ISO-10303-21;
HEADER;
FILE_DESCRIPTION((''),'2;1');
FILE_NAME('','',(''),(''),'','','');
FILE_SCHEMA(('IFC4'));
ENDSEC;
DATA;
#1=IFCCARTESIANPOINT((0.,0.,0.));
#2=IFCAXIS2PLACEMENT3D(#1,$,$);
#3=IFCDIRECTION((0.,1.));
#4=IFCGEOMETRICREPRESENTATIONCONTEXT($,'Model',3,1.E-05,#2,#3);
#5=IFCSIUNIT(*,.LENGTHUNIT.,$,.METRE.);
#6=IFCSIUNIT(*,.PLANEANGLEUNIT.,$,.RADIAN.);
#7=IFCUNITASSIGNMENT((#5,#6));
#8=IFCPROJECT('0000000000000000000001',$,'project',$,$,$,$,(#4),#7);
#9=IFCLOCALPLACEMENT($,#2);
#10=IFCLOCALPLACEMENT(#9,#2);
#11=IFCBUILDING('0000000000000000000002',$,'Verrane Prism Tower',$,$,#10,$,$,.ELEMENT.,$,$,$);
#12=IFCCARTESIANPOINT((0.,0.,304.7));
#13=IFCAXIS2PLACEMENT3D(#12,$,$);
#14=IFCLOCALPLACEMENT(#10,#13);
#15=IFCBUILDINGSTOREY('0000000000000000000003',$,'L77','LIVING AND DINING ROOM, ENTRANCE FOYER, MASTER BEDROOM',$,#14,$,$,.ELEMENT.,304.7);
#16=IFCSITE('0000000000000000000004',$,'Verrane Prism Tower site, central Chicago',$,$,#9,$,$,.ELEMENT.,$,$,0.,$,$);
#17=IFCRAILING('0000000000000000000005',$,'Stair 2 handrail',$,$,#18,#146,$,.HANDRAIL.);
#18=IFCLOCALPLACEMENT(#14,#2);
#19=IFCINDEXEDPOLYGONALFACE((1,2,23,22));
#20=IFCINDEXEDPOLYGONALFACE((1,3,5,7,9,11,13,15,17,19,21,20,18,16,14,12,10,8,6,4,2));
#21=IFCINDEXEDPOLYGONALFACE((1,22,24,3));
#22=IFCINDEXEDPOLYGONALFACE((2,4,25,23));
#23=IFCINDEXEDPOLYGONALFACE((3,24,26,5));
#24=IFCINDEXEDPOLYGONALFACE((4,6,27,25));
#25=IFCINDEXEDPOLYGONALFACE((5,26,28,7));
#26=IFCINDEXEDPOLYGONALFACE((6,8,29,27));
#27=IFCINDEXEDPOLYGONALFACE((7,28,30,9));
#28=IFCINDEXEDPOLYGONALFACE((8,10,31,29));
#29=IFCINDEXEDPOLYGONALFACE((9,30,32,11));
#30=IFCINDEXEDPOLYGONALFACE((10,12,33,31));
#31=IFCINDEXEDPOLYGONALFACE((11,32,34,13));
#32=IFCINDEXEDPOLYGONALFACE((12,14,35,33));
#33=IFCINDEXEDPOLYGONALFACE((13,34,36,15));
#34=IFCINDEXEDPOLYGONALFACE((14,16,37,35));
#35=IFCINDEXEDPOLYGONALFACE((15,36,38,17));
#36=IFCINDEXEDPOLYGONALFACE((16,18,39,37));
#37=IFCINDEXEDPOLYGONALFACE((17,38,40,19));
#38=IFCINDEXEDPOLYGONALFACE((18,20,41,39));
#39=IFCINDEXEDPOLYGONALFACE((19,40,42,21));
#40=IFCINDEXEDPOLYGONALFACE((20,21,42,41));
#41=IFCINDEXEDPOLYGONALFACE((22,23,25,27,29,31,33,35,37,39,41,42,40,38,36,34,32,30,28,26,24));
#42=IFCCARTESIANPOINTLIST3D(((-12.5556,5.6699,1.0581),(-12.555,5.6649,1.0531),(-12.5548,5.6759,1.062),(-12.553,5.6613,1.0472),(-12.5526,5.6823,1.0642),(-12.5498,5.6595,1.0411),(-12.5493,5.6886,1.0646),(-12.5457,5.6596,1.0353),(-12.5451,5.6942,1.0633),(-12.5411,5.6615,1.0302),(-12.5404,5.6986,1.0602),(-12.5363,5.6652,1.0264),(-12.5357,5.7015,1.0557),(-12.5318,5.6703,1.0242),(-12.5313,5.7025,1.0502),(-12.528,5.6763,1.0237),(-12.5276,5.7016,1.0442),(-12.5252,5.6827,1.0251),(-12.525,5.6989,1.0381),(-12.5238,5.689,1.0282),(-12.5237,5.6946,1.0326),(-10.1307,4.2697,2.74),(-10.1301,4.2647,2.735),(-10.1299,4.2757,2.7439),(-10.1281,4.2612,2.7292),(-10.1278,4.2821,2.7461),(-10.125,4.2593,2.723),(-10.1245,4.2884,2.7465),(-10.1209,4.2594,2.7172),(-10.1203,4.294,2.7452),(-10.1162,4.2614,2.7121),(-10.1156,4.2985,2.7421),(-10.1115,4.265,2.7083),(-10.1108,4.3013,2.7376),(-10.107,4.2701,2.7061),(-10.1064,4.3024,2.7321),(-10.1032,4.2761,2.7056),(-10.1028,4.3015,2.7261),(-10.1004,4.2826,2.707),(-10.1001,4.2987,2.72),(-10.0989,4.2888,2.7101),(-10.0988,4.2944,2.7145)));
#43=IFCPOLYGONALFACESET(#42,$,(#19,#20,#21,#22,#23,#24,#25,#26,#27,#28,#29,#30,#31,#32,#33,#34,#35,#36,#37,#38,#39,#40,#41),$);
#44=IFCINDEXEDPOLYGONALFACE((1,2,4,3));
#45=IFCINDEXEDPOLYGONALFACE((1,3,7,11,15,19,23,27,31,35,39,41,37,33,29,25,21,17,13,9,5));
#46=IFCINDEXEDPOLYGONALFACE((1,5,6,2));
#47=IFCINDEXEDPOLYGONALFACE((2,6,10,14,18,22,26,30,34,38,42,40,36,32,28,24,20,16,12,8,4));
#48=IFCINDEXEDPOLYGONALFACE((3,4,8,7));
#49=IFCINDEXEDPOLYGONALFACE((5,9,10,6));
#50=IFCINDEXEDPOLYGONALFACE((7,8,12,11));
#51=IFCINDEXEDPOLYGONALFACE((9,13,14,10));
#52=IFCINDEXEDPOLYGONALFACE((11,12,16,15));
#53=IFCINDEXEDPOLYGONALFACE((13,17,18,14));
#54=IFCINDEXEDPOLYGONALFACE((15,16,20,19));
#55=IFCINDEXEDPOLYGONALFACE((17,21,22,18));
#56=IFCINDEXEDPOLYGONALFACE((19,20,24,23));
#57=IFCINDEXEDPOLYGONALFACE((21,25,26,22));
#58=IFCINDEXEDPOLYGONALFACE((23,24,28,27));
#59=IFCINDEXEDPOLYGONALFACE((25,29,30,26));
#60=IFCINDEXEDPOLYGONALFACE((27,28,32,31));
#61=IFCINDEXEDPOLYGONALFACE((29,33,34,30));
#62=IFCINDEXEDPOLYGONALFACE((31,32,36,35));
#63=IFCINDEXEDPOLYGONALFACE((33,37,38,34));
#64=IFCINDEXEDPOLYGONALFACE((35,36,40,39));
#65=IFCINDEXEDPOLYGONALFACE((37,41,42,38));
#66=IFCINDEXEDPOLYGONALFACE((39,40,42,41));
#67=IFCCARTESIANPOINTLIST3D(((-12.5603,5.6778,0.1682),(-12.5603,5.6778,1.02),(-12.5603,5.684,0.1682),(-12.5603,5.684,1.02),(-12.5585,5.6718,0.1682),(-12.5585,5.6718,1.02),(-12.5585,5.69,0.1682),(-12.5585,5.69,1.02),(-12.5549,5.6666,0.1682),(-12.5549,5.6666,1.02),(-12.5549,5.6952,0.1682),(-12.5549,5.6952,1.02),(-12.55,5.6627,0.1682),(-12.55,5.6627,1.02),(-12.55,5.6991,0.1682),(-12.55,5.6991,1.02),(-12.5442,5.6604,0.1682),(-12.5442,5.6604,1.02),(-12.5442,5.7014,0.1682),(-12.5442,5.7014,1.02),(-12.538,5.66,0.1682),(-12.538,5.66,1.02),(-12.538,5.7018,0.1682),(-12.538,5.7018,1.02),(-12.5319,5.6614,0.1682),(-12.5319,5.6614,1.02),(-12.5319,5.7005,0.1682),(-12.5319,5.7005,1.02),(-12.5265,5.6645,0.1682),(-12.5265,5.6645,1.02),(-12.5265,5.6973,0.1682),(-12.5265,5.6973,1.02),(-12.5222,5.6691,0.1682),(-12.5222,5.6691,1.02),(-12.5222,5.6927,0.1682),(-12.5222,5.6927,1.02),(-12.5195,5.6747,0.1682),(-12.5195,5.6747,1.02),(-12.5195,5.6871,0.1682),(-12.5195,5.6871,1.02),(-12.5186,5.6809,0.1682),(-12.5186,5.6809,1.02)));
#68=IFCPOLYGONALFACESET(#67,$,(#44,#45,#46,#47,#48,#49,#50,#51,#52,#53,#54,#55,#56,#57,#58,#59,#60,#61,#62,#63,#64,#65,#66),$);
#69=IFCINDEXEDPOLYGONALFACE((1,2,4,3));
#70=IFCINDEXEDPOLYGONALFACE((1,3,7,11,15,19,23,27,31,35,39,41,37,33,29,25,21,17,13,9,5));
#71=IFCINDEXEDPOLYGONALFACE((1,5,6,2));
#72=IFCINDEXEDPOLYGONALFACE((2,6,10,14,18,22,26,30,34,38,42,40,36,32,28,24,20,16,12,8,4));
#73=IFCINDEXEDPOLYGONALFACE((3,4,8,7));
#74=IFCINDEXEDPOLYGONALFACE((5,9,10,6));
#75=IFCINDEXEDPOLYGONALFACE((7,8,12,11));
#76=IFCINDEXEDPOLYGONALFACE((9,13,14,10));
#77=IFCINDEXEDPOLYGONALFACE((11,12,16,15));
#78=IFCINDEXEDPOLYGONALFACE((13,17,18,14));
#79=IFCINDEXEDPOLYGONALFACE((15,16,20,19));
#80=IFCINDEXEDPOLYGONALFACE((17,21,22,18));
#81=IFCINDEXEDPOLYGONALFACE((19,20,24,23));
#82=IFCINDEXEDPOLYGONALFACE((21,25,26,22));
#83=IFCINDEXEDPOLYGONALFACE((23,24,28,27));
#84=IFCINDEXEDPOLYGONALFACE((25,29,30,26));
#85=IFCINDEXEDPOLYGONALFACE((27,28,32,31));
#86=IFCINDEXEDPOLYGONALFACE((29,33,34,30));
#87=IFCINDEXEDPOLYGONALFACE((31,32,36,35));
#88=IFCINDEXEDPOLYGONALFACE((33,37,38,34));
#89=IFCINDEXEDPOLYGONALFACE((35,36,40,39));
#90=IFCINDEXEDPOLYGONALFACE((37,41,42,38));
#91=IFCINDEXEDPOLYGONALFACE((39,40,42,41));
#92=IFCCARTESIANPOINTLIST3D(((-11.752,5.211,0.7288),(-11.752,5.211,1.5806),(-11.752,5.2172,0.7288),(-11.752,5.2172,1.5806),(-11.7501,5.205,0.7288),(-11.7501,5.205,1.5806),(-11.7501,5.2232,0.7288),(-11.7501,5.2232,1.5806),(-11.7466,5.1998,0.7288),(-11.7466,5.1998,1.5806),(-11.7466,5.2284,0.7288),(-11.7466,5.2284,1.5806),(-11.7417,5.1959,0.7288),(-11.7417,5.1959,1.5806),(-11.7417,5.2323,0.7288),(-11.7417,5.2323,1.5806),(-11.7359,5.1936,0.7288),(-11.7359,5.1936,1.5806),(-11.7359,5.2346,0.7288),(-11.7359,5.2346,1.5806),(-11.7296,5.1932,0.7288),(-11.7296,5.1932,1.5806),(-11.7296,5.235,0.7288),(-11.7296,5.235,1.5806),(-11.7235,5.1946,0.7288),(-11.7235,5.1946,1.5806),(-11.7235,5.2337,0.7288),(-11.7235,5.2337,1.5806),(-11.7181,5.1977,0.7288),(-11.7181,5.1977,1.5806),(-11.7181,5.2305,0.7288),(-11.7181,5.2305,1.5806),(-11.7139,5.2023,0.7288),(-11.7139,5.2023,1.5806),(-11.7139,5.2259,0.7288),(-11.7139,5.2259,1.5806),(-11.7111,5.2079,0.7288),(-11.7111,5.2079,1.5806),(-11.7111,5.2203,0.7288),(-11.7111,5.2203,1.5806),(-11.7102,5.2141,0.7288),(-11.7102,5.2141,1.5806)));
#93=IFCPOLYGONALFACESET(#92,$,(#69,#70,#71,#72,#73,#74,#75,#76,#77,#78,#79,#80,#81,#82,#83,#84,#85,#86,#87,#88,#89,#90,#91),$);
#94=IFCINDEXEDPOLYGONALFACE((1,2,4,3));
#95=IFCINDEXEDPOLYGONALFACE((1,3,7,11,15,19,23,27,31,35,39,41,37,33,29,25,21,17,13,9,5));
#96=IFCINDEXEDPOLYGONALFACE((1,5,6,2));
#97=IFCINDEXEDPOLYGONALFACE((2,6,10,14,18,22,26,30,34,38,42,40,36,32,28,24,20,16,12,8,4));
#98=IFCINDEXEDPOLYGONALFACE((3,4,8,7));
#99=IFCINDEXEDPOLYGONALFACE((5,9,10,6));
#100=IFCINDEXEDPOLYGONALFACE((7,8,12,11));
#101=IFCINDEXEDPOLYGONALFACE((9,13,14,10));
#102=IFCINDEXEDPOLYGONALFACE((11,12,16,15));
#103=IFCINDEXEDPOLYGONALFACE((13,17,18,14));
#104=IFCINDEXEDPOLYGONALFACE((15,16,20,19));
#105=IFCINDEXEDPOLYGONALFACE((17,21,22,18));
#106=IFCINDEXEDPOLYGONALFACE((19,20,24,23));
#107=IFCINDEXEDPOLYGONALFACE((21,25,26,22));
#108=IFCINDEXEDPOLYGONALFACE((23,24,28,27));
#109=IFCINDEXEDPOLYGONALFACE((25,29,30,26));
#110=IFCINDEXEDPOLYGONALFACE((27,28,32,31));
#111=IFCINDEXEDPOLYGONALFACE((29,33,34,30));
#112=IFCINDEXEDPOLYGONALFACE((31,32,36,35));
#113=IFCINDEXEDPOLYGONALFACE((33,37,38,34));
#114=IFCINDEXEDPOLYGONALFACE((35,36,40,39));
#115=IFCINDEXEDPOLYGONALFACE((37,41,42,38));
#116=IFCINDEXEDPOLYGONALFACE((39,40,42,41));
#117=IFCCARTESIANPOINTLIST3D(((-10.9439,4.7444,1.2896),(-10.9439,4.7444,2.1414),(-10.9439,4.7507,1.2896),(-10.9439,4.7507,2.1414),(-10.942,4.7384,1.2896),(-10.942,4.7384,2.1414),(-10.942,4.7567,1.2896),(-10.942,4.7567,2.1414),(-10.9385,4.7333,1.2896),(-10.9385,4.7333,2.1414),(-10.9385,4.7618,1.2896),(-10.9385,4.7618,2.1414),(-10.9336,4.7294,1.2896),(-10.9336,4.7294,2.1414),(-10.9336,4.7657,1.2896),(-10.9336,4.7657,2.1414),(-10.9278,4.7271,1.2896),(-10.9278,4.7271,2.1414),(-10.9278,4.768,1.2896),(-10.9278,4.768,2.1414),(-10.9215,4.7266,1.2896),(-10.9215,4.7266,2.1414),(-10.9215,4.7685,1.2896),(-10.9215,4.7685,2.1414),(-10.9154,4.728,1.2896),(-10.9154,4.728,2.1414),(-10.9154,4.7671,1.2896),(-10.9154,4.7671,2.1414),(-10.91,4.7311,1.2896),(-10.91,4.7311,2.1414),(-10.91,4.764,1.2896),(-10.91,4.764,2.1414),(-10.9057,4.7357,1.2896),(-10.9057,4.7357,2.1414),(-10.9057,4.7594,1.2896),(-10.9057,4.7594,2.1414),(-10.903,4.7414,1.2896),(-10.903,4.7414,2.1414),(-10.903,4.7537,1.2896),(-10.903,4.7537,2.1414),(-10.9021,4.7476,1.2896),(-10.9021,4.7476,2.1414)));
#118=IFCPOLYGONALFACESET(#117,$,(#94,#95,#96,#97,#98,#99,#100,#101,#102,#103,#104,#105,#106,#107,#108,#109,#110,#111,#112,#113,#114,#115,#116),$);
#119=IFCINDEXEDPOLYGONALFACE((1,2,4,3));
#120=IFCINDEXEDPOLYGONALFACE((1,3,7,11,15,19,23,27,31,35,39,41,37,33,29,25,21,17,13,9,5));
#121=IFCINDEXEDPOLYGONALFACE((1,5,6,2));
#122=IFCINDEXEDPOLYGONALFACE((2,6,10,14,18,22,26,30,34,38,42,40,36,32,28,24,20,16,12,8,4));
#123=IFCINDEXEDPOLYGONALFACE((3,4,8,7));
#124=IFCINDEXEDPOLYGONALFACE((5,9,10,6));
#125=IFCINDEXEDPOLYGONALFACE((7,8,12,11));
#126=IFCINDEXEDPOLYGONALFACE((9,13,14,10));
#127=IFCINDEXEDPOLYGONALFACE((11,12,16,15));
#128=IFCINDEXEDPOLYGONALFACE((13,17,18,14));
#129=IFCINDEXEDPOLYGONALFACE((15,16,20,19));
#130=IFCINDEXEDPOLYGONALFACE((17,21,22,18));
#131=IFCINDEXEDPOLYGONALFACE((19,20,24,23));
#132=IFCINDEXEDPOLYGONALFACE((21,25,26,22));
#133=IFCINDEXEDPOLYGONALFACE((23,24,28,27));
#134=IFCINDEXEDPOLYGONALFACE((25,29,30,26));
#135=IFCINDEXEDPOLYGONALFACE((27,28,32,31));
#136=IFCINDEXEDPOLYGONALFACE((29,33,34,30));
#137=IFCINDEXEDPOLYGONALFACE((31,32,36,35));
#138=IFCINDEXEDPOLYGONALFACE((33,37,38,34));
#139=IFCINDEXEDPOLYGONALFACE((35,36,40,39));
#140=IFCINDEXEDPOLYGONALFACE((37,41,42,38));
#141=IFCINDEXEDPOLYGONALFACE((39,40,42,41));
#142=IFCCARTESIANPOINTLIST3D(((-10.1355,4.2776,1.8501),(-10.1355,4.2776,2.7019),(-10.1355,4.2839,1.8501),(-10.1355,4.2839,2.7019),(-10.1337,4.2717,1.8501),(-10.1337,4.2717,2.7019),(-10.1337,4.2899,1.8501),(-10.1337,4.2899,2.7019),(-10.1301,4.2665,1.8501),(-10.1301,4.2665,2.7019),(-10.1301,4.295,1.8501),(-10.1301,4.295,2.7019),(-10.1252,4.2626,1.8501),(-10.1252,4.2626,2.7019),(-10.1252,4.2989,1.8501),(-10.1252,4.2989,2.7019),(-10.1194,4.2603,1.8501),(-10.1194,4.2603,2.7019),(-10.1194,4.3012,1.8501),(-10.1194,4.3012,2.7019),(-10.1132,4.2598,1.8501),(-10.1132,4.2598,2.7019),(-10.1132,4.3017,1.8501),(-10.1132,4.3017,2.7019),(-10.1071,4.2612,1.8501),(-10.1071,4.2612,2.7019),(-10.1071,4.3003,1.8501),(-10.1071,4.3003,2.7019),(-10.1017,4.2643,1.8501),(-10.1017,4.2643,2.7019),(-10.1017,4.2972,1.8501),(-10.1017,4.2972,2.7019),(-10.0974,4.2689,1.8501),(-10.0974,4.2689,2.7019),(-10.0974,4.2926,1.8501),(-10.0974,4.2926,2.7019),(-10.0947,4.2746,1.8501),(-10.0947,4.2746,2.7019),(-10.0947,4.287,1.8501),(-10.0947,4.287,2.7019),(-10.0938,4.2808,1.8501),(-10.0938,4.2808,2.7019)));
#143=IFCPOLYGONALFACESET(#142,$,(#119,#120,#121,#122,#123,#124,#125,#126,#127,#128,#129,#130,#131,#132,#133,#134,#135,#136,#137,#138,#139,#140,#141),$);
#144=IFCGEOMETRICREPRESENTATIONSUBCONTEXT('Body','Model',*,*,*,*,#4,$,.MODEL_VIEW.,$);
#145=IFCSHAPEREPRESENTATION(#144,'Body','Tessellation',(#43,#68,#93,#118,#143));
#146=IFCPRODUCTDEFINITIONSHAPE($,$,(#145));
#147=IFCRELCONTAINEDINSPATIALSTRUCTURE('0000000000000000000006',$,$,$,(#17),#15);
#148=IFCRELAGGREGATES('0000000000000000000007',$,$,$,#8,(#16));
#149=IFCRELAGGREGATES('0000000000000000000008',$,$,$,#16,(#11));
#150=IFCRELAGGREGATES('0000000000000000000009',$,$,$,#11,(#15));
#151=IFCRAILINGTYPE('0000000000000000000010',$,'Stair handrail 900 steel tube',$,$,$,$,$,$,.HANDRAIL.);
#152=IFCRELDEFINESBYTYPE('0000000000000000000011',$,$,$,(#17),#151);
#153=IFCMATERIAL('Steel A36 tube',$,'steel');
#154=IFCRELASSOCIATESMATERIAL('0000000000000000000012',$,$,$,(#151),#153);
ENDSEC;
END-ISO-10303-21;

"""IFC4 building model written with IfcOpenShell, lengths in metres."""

from ifc_helpers import new_model, si_unit, direction, frame, origin, origin_2d, place, context, subcontext, project, spatial, circle, extrude, material, type_object, element, save


model = new_model("IFC4")

# Units and contexts
model_context = context("Model", 3, precision=1e-05, world=origin(), true_north=direction((0.0, 1.0)))
body_context = subcontext(model_context, "Body", "Model", "MODEL_VIEW")
ifc_project = project(units=[si_unit("LENGTHUNIT", "METRE"), si_unit("PLANEANGLEUNIT", "RADIAN")], contexts=[model_context])

# Site, building, storey
site_placement = place(None, origin())
site = spatial("IfcSite", under=ifc_project, at=site_placement, Name="Verrane Prism Tower site, central Chicago", CompositionType="ELEMENT", RefElevation=0.0)
building_placement = place(site_placement, origin())
building = spatial("IfcBuilding", under=site, at=building_placement, Name="Verrane Prism Tower", CompositionType="ELEMENT")
storey_placement = place(building_placement, frame((0.0, 0.0, 304.7)))
storey = spatial("IfcBuildingStorey", under=building, at=storey_placement, Name="L77", Description="LIVING AND DINING ROOM, ENTRANCE FOYER, MASTER BEDROOM", CompositionType="ELEMENT", Elevation=304.7)

# Railing
ifc_material_1 = material(Name="Steel A36 tube", Category="steel")
railing_type = type_object("IfcRailingType", Name="Stair handrail 900 steel tube", PredefinedType="HANDRAIL", material=ifc_material_1)
railing_placement = place(storey_placement, frame((-12.5396, 5.6809, 0.1682)))
element("IfcRailing", 1, at=railing_placement, inside=storey, type_object=railing_type, Name="Stair 2 handrail", PredefinedType="HANDRAIL", context=body_context, shape_type="SweptSolid", body=[
    extrude(circle(Radius=0.0239, at=origin_2d()), frame((0.0, 0.0, 0.876), z_axis=(0.742367, -0.428662, 0.514918), x_axis=(0.50005, 0.865997, 0.0)), (0.0, 0.0, 1.0), 3.2664),
    extrude(circle(Radius=0.021, at=origin_2d()), origin(), (0.0, 0.0, 1.0), 0.8518),
    extrude(circle(Radius=0.021, at=origin_2d()), frame((0.8083, -0.4668, 0.5605)), (0.0, 0.0, 1.0), 0.8518),
    extrude(circle(Radius=0.021, at=origin_2d()), frame((1.6165, -0.9333, 1.1213)), (0.0, 0.0, 1.0), 0.8518),
    extrude(circle(Radius=0.021, at=origin_2d()), frame((2.4248, -1.4001, 1.6819)), (0.0, 0.0, 1.0), 0.8518),
])

save(model, "model.ifc")
